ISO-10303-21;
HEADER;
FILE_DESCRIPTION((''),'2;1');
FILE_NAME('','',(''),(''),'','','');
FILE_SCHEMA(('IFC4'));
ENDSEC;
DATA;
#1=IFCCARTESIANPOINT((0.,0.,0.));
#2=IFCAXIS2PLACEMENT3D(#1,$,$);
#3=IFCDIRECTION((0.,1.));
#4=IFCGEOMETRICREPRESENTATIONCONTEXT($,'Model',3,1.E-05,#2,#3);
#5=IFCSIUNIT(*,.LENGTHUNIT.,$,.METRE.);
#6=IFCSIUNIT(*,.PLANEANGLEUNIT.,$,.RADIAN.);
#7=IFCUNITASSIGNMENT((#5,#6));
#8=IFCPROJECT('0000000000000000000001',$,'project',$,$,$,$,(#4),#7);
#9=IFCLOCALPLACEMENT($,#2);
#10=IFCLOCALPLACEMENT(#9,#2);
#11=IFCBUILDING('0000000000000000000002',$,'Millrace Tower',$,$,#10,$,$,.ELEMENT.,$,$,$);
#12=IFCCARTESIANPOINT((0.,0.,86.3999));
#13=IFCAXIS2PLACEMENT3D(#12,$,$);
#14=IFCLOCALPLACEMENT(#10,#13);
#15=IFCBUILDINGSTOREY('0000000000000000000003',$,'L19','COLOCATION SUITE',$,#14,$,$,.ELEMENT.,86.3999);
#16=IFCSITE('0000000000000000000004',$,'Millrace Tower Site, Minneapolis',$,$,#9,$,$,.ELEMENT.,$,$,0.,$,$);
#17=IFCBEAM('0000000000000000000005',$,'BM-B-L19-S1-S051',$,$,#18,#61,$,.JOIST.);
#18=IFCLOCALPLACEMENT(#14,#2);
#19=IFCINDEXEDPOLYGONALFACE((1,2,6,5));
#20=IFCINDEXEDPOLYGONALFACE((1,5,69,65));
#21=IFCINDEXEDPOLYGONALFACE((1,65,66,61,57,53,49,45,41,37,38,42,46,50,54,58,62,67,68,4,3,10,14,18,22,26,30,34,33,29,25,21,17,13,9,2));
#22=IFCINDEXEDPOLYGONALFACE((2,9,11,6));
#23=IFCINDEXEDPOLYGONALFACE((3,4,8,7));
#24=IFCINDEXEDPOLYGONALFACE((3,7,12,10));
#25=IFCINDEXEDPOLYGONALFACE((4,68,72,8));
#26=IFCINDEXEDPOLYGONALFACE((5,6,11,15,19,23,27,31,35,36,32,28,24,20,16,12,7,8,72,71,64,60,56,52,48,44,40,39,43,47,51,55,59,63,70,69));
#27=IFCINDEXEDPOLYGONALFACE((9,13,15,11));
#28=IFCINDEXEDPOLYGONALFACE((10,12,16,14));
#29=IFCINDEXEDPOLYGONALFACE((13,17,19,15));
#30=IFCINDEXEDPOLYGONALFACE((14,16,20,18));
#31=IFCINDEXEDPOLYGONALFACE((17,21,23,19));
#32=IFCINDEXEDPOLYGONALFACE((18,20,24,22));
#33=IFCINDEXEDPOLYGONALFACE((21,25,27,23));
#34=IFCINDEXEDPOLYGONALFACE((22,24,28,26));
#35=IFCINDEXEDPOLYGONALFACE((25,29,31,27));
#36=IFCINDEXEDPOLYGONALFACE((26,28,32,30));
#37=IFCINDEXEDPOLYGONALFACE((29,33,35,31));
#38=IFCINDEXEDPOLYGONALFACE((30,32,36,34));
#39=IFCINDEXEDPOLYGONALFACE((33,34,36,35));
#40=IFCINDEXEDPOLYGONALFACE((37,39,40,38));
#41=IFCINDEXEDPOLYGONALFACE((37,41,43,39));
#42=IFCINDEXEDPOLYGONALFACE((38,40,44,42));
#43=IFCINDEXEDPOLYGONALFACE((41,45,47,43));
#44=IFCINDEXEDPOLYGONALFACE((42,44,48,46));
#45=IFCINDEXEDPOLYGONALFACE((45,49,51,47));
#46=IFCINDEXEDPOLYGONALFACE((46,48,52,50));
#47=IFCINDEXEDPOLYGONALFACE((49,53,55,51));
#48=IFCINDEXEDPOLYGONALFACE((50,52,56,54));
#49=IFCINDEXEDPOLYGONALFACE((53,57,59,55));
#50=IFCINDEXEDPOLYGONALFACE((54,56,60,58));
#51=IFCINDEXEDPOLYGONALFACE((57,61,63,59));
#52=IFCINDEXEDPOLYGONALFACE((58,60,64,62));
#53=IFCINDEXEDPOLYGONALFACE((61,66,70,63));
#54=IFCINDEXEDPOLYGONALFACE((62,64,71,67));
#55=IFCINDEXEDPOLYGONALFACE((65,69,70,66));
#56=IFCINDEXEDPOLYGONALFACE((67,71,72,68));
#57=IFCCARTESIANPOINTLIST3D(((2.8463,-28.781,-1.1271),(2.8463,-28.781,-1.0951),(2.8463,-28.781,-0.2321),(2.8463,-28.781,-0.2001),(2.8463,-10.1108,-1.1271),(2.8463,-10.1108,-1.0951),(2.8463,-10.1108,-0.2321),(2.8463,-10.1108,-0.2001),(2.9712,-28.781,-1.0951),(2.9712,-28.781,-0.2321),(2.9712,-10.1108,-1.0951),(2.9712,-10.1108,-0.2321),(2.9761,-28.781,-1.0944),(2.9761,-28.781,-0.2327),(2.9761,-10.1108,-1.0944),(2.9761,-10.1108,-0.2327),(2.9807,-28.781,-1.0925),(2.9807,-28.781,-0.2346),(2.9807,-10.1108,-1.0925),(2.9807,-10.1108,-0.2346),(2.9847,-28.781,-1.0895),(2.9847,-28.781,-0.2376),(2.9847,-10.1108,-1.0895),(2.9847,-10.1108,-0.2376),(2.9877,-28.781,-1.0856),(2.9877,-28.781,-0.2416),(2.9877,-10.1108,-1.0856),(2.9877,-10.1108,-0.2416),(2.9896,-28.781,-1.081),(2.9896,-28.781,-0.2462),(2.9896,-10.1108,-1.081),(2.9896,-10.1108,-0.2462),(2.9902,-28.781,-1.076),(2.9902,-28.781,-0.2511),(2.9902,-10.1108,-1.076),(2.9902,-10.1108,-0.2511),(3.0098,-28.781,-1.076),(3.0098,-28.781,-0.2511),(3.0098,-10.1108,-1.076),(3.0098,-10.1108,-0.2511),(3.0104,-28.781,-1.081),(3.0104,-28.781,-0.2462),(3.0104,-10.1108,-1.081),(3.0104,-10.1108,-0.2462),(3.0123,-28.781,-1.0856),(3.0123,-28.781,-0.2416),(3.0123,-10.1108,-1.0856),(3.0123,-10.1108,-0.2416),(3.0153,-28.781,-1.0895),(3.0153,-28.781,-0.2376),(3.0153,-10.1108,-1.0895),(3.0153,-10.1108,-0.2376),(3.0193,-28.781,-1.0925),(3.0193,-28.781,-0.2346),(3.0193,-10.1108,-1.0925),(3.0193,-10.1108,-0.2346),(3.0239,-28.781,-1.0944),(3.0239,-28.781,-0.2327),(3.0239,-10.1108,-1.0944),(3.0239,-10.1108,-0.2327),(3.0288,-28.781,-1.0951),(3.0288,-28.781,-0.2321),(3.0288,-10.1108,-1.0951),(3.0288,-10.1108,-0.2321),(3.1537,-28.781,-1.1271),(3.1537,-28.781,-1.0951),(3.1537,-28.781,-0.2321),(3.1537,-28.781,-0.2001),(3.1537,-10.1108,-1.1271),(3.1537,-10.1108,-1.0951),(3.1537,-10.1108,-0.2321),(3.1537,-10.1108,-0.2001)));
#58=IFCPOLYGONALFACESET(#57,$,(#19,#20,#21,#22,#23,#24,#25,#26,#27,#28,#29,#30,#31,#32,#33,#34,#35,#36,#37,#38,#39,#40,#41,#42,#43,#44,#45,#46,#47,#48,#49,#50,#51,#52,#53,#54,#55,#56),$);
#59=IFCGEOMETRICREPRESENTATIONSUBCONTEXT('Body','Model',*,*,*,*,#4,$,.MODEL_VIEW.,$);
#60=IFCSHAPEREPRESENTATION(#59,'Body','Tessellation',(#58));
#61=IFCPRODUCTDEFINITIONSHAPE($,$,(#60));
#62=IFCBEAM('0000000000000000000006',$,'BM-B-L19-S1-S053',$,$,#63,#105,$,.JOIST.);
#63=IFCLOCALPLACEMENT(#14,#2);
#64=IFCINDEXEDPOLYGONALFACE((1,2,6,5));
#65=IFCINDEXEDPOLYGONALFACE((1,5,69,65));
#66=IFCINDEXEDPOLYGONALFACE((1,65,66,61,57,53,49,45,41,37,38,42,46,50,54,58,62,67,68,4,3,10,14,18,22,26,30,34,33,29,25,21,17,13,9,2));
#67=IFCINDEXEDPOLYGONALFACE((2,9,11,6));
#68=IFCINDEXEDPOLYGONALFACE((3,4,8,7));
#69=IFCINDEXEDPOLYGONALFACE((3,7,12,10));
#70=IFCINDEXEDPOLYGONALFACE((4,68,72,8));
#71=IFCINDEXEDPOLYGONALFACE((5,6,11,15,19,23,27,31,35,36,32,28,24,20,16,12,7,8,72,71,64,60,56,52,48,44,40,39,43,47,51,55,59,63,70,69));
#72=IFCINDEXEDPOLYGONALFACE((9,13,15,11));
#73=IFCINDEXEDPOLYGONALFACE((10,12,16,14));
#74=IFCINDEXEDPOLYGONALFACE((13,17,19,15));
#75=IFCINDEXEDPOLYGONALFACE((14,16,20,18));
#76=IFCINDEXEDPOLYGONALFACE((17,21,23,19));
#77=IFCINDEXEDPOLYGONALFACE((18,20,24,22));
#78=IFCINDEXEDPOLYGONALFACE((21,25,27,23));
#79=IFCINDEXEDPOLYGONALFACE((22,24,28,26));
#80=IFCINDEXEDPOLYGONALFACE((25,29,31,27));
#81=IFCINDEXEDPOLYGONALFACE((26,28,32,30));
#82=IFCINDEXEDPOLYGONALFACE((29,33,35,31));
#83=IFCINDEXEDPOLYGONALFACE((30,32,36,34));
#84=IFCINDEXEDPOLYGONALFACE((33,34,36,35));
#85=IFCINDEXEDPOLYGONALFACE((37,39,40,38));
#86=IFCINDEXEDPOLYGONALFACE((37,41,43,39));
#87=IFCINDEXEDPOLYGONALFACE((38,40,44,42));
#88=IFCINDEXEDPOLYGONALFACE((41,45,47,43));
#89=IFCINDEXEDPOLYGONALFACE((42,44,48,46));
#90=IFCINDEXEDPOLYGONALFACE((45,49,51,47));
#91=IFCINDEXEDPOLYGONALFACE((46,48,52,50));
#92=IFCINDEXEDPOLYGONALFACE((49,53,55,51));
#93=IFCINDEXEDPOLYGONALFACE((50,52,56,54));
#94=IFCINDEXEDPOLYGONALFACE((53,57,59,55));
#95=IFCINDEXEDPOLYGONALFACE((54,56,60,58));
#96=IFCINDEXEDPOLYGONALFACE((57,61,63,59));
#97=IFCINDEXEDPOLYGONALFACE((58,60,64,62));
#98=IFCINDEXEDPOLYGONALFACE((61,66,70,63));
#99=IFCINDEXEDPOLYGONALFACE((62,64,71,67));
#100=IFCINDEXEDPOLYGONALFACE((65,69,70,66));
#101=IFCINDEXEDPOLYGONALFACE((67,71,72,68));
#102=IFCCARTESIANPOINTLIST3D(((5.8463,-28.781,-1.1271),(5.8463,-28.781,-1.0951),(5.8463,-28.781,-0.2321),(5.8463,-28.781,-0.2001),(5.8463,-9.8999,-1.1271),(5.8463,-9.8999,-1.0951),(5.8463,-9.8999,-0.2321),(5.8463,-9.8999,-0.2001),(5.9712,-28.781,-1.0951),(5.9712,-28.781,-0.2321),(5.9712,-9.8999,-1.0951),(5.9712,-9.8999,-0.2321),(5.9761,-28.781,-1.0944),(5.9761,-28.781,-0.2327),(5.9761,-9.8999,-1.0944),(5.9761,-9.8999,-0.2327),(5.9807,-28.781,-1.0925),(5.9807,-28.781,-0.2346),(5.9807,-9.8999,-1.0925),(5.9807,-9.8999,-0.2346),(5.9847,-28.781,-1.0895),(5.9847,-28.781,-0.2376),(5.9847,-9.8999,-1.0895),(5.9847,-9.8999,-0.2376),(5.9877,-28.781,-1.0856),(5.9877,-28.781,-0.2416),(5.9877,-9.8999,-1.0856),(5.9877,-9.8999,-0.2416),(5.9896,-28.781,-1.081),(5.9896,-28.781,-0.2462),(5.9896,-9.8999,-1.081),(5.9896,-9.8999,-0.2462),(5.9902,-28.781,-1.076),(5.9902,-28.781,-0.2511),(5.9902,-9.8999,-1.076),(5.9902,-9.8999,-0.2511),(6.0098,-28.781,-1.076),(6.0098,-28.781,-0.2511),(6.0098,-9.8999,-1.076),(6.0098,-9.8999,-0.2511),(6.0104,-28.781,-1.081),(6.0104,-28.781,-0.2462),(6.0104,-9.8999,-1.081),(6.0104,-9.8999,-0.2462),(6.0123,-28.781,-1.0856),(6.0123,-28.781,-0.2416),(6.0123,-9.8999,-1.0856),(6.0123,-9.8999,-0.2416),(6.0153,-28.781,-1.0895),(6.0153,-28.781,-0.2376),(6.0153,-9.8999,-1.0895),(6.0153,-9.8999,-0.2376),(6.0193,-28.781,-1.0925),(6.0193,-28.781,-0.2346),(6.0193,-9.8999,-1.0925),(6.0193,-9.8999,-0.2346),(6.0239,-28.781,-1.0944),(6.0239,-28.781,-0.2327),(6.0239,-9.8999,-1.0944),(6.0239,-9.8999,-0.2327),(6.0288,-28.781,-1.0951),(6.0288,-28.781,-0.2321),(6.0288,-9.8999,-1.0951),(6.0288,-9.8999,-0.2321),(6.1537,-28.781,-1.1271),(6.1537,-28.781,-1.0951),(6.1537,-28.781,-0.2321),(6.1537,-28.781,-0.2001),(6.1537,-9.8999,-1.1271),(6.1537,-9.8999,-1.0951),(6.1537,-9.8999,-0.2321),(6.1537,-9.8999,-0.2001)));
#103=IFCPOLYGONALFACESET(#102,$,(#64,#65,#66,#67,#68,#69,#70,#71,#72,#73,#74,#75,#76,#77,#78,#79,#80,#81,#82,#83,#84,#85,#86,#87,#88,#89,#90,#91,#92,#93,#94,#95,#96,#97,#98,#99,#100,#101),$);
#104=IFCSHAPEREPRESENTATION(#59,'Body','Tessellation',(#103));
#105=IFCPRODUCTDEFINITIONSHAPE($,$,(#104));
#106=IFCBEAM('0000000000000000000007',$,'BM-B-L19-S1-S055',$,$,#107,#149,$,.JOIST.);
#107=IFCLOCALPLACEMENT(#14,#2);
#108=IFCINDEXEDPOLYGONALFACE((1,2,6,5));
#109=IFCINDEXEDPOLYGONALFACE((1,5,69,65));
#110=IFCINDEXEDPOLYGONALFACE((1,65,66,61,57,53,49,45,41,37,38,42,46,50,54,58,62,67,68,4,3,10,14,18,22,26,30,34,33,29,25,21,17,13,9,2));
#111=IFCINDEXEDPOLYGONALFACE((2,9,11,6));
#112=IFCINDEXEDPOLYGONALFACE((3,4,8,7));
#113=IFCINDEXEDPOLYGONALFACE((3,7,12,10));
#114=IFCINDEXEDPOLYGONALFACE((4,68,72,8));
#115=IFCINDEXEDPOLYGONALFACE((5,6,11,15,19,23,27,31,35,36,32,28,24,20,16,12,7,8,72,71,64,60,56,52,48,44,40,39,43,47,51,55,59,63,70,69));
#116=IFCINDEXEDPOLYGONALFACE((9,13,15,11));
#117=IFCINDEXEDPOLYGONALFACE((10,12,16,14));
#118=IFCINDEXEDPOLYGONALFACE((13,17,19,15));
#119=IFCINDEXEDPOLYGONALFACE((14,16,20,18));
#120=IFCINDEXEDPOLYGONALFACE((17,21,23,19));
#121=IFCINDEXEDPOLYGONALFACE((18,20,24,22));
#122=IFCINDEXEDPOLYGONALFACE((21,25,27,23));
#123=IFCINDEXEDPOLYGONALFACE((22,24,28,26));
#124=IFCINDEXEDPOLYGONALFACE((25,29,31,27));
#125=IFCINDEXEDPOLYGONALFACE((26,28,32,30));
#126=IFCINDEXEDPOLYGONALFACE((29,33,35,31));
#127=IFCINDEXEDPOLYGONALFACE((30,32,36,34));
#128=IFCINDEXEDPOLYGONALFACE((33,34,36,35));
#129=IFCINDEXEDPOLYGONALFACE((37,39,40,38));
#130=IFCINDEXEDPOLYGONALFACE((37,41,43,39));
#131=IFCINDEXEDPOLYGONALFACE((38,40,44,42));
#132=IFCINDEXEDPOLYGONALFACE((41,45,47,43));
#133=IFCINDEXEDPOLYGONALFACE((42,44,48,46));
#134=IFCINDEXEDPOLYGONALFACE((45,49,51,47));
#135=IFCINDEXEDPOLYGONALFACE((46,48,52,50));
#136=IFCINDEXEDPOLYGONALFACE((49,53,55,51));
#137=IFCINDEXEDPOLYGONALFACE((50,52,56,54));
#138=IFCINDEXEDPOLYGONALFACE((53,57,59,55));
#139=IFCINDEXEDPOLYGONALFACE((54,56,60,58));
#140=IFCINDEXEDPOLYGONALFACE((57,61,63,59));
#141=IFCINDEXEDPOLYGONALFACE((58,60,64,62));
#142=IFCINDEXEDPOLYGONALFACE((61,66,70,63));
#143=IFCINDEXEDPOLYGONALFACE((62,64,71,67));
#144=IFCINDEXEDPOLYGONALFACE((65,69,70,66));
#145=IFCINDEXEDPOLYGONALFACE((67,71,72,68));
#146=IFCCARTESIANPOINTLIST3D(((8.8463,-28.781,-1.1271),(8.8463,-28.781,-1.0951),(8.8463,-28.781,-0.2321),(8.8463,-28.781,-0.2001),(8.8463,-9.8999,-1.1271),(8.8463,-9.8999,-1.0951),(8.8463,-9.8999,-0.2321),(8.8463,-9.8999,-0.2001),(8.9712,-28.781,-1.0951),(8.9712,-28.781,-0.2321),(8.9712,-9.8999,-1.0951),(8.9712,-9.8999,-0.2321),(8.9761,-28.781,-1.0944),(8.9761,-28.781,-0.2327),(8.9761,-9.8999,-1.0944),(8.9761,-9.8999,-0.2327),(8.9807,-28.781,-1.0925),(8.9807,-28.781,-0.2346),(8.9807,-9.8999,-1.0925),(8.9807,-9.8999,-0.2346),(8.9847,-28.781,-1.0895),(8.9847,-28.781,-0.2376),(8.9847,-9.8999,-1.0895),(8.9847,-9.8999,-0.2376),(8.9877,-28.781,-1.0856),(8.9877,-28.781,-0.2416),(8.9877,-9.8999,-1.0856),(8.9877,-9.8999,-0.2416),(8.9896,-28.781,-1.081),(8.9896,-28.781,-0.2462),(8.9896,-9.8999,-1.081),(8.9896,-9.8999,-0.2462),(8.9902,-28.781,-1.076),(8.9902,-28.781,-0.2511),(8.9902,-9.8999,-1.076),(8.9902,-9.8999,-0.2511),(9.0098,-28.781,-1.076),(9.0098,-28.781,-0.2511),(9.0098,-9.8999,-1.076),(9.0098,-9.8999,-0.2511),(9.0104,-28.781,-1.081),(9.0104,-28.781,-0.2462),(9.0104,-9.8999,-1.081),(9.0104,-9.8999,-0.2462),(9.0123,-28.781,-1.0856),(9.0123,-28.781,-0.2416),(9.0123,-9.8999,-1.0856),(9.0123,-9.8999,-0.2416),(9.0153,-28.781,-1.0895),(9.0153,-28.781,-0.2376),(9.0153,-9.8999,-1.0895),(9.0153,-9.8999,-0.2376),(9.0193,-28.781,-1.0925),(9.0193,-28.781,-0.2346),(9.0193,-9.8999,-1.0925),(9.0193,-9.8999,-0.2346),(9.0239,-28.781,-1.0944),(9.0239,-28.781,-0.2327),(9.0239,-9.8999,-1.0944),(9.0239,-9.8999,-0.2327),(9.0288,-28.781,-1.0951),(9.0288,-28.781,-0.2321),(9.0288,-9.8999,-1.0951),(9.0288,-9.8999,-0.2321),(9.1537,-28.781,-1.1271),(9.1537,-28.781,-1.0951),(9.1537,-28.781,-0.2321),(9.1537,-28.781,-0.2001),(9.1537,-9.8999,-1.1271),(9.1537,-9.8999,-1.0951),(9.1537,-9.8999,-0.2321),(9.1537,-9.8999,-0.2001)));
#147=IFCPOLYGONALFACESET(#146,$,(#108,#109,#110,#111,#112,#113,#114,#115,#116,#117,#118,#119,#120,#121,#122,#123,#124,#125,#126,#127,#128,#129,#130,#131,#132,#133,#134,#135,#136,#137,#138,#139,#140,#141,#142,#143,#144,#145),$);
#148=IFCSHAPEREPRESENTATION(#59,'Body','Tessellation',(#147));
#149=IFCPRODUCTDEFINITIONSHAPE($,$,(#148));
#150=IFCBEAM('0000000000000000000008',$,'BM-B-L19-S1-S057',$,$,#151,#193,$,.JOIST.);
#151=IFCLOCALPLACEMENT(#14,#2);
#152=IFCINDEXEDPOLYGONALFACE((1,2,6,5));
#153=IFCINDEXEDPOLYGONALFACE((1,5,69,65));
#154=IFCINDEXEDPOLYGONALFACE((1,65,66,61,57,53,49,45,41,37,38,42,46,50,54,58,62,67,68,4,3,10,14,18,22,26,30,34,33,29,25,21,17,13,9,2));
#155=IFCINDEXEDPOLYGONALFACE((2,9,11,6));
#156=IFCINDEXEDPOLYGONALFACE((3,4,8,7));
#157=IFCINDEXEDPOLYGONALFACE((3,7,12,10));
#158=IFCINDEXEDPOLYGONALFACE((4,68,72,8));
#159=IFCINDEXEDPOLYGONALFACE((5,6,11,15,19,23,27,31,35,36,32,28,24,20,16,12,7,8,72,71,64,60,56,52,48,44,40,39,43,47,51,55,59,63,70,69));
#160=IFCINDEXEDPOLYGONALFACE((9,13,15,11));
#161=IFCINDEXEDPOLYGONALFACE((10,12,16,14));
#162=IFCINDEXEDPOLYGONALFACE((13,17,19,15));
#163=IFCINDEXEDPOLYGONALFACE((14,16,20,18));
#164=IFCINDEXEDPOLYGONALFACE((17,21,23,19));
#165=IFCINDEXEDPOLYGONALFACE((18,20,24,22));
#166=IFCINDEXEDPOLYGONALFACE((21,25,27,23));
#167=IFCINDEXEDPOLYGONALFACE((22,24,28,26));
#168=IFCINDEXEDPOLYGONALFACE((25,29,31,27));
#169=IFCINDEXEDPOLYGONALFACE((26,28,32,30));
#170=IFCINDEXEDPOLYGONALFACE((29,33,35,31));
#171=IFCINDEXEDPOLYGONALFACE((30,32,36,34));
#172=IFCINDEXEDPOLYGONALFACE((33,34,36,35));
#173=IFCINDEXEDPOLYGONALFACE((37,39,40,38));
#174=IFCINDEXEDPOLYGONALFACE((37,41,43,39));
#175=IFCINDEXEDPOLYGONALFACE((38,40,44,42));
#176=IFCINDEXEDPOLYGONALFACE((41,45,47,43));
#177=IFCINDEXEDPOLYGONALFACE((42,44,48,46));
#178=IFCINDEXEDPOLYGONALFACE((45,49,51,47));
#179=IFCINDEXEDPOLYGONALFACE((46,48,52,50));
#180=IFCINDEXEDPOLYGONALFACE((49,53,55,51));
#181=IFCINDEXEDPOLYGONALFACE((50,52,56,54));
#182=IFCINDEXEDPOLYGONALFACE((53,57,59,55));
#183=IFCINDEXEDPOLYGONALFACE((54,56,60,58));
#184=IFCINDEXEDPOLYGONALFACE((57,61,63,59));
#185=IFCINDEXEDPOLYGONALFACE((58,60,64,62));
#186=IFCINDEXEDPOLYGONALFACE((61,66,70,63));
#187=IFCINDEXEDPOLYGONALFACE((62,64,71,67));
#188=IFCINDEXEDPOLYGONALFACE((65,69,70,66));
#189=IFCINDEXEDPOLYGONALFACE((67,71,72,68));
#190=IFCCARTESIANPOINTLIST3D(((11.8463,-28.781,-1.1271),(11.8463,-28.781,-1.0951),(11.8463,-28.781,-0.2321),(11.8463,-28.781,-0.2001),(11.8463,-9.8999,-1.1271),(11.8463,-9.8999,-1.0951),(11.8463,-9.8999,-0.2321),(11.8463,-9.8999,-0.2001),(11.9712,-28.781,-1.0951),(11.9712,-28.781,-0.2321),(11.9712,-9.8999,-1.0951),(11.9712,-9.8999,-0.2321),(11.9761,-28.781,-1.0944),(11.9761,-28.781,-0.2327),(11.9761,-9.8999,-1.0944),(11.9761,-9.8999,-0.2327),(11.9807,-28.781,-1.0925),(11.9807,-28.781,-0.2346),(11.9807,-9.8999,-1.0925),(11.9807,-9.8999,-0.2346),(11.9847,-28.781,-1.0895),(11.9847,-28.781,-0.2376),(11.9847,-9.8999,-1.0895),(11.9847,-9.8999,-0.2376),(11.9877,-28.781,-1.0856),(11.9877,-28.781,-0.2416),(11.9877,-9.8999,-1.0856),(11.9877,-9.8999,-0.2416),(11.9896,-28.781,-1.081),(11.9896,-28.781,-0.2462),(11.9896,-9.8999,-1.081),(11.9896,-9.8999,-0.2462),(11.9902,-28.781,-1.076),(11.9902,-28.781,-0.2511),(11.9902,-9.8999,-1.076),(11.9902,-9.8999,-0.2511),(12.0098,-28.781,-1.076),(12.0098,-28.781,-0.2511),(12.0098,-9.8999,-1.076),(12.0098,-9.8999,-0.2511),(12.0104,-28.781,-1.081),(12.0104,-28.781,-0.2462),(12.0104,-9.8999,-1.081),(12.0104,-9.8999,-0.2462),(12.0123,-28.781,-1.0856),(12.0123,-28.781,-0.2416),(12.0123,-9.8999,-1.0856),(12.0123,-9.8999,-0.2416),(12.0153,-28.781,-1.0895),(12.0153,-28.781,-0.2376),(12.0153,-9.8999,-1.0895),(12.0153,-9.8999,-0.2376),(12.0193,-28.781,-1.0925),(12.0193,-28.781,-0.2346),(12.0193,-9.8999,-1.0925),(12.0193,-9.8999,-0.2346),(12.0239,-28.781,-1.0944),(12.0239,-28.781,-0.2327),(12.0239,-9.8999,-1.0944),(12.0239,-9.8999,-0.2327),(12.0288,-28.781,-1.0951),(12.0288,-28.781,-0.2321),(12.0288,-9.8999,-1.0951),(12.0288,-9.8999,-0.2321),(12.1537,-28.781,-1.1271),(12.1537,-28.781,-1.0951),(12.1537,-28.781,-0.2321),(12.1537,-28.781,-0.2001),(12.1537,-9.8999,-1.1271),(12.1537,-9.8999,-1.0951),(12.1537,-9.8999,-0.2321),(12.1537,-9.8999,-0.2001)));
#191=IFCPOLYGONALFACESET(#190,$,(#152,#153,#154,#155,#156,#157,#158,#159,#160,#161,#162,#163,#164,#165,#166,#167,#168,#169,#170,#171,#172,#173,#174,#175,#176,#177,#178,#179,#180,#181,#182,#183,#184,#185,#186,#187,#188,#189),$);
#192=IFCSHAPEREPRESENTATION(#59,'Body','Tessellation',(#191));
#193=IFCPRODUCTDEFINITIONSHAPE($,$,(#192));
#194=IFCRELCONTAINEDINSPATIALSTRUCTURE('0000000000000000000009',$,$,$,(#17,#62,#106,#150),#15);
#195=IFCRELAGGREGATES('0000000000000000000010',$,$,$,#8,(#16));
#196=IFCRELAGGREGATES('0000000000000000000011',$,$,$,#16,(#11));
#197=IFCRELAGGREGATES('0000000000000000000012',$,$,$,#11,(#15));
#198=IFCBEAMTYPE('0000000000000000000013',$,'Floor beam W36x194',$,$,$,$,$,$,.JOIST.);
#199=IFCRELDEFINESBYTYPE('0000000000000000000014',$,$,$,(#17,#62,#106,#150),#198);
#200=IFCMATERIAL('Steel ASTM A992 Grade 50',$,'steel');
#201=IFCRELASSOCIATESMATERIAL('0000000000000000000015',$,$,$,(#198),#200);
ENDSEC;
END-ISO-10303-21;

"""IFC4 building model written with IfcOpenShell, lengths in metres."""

from ifc_helpers import new_model, si_unit, direction, frame, origin, origin_2d, place, context, subcontext, project, spatial, i_section, extrude, material, material_profile, profile_set, type_object, element, save


model = new_model("IFC4")

# Units and contexts
model_context = context("Model", 3, precision=1e-05, world=origin(), true_north=direction((0.0, 1.0)))
body_context = subcontext(model_context, "Body", "Model", "MODEL_VIEW")
ifc_project = project(units=[si_unit("LENGTHUNIT", "METRE"), si_unit("PLANEANGLEUNIT", "RADIAN")], contexts=[model_context])

# Site, building, storey
site_placement = place(None, origin())
site = spatial("IfcSite", under=ifc_project, at=site_placement, Name="Millrace Tower Site, Minneapolis", CompositionType="ELEMENT", RefElevation=0.0)
building_placement = place(site_placement, origin())
building = spatial("IfcBuilding", under=site, at=building_placement, Name="Millrace Tower", CompositionType="ELEMENT")
storey_placement = place(building_placement, frame((0.0, 0.0, 86.3999)))
storey = spatial("IfcBuildingStorey", under=building, at=storey_placement, Name="L19", Description="COLOCATION SUITE", CompositionType="ELEMENT", Elevation=86.3999)

# Beams
ifc_material_1 = material(Name="Steel ASTM A992 Grade 50", Category="steel")
ifc_material_profile_1 = material_profile(ifc_material_1, i_section(OverallWidth=0.3074, OverallDepth=0.927, WebThickness=0.0195, FlangeThickness=0.032, FilletRadius=0.019, at=origin_2d()))
ifc_profile_set_1 = profile_set([ifc_material_profile_1], Name="Steel ASTM A992 Grade 50")
beam_type_1 = type_object("IfcBeamType", Name="Floor beam W36x194", PredefinedType="JOIST", material=ifc_profile_set_1)
beam_1_placement = place(storey_placement, frame((3.0, -28.781, -0.6636), z_axis=(0.0, 1.0, 0.0), x_axis=(-1.0, 0.0, 0.0)))
element("IfcBeam", 1, at=beam_1_placement, inside=storey, type_object=beam_type_1, Name="BM-B-L19-S1-S051", PredefinedType="JOIST", context=body_context, shape_type="SweptSolid", body=[
    extrude(i_section(OverallWidth=0.3074, OverallDepth=0.927, WebThickness=0.0195, FlangeThickness=0.032, FilletRadius=0.019, at=origin_2d()), origin(), (0.0, 0.0, 1.0), 18.6702),
])
for number, where, z_axis, x_axis, name in (
    (2, (6.0, -28.781, -0.6636), (0.0, 1.0, 0.0), (-1.0, 0.0, 0.0), "BM-B-L19-S1-S053"),
    (3, (9.0, -28.781, -0.6636), (0.0, 1.0, 0.0), (-1.0, 0.0, 0.0), "BM-B-L19-S1-S055"),
    (4, (12.0, -28.781, -0.6636), (0.0, 1.0, 0.0), (-1.0, 0.0, 0.0), "BM-B-L19-S1-S057"),
):
    element("IfcBeam", number, at=place(storey_placement, frame(where, z_axis=z_axis, x_axis=x_axis)), inside=storey, type_object=beam_type_1, Name=name, PredefinedType="JOIST", context=body_context, shape_type="SweptSolid", body=[
        extrude(i_section(OverallWidth=0.3074, OverallDepth=0.927, WebThickness=0.0195, FlangeThickness=0.032, FilletRadius=0.019, at=origin_2d()), origin(), (0.0, 0.0, 1.0), 18.8811),
    ])

save(model, "model.ifc")
